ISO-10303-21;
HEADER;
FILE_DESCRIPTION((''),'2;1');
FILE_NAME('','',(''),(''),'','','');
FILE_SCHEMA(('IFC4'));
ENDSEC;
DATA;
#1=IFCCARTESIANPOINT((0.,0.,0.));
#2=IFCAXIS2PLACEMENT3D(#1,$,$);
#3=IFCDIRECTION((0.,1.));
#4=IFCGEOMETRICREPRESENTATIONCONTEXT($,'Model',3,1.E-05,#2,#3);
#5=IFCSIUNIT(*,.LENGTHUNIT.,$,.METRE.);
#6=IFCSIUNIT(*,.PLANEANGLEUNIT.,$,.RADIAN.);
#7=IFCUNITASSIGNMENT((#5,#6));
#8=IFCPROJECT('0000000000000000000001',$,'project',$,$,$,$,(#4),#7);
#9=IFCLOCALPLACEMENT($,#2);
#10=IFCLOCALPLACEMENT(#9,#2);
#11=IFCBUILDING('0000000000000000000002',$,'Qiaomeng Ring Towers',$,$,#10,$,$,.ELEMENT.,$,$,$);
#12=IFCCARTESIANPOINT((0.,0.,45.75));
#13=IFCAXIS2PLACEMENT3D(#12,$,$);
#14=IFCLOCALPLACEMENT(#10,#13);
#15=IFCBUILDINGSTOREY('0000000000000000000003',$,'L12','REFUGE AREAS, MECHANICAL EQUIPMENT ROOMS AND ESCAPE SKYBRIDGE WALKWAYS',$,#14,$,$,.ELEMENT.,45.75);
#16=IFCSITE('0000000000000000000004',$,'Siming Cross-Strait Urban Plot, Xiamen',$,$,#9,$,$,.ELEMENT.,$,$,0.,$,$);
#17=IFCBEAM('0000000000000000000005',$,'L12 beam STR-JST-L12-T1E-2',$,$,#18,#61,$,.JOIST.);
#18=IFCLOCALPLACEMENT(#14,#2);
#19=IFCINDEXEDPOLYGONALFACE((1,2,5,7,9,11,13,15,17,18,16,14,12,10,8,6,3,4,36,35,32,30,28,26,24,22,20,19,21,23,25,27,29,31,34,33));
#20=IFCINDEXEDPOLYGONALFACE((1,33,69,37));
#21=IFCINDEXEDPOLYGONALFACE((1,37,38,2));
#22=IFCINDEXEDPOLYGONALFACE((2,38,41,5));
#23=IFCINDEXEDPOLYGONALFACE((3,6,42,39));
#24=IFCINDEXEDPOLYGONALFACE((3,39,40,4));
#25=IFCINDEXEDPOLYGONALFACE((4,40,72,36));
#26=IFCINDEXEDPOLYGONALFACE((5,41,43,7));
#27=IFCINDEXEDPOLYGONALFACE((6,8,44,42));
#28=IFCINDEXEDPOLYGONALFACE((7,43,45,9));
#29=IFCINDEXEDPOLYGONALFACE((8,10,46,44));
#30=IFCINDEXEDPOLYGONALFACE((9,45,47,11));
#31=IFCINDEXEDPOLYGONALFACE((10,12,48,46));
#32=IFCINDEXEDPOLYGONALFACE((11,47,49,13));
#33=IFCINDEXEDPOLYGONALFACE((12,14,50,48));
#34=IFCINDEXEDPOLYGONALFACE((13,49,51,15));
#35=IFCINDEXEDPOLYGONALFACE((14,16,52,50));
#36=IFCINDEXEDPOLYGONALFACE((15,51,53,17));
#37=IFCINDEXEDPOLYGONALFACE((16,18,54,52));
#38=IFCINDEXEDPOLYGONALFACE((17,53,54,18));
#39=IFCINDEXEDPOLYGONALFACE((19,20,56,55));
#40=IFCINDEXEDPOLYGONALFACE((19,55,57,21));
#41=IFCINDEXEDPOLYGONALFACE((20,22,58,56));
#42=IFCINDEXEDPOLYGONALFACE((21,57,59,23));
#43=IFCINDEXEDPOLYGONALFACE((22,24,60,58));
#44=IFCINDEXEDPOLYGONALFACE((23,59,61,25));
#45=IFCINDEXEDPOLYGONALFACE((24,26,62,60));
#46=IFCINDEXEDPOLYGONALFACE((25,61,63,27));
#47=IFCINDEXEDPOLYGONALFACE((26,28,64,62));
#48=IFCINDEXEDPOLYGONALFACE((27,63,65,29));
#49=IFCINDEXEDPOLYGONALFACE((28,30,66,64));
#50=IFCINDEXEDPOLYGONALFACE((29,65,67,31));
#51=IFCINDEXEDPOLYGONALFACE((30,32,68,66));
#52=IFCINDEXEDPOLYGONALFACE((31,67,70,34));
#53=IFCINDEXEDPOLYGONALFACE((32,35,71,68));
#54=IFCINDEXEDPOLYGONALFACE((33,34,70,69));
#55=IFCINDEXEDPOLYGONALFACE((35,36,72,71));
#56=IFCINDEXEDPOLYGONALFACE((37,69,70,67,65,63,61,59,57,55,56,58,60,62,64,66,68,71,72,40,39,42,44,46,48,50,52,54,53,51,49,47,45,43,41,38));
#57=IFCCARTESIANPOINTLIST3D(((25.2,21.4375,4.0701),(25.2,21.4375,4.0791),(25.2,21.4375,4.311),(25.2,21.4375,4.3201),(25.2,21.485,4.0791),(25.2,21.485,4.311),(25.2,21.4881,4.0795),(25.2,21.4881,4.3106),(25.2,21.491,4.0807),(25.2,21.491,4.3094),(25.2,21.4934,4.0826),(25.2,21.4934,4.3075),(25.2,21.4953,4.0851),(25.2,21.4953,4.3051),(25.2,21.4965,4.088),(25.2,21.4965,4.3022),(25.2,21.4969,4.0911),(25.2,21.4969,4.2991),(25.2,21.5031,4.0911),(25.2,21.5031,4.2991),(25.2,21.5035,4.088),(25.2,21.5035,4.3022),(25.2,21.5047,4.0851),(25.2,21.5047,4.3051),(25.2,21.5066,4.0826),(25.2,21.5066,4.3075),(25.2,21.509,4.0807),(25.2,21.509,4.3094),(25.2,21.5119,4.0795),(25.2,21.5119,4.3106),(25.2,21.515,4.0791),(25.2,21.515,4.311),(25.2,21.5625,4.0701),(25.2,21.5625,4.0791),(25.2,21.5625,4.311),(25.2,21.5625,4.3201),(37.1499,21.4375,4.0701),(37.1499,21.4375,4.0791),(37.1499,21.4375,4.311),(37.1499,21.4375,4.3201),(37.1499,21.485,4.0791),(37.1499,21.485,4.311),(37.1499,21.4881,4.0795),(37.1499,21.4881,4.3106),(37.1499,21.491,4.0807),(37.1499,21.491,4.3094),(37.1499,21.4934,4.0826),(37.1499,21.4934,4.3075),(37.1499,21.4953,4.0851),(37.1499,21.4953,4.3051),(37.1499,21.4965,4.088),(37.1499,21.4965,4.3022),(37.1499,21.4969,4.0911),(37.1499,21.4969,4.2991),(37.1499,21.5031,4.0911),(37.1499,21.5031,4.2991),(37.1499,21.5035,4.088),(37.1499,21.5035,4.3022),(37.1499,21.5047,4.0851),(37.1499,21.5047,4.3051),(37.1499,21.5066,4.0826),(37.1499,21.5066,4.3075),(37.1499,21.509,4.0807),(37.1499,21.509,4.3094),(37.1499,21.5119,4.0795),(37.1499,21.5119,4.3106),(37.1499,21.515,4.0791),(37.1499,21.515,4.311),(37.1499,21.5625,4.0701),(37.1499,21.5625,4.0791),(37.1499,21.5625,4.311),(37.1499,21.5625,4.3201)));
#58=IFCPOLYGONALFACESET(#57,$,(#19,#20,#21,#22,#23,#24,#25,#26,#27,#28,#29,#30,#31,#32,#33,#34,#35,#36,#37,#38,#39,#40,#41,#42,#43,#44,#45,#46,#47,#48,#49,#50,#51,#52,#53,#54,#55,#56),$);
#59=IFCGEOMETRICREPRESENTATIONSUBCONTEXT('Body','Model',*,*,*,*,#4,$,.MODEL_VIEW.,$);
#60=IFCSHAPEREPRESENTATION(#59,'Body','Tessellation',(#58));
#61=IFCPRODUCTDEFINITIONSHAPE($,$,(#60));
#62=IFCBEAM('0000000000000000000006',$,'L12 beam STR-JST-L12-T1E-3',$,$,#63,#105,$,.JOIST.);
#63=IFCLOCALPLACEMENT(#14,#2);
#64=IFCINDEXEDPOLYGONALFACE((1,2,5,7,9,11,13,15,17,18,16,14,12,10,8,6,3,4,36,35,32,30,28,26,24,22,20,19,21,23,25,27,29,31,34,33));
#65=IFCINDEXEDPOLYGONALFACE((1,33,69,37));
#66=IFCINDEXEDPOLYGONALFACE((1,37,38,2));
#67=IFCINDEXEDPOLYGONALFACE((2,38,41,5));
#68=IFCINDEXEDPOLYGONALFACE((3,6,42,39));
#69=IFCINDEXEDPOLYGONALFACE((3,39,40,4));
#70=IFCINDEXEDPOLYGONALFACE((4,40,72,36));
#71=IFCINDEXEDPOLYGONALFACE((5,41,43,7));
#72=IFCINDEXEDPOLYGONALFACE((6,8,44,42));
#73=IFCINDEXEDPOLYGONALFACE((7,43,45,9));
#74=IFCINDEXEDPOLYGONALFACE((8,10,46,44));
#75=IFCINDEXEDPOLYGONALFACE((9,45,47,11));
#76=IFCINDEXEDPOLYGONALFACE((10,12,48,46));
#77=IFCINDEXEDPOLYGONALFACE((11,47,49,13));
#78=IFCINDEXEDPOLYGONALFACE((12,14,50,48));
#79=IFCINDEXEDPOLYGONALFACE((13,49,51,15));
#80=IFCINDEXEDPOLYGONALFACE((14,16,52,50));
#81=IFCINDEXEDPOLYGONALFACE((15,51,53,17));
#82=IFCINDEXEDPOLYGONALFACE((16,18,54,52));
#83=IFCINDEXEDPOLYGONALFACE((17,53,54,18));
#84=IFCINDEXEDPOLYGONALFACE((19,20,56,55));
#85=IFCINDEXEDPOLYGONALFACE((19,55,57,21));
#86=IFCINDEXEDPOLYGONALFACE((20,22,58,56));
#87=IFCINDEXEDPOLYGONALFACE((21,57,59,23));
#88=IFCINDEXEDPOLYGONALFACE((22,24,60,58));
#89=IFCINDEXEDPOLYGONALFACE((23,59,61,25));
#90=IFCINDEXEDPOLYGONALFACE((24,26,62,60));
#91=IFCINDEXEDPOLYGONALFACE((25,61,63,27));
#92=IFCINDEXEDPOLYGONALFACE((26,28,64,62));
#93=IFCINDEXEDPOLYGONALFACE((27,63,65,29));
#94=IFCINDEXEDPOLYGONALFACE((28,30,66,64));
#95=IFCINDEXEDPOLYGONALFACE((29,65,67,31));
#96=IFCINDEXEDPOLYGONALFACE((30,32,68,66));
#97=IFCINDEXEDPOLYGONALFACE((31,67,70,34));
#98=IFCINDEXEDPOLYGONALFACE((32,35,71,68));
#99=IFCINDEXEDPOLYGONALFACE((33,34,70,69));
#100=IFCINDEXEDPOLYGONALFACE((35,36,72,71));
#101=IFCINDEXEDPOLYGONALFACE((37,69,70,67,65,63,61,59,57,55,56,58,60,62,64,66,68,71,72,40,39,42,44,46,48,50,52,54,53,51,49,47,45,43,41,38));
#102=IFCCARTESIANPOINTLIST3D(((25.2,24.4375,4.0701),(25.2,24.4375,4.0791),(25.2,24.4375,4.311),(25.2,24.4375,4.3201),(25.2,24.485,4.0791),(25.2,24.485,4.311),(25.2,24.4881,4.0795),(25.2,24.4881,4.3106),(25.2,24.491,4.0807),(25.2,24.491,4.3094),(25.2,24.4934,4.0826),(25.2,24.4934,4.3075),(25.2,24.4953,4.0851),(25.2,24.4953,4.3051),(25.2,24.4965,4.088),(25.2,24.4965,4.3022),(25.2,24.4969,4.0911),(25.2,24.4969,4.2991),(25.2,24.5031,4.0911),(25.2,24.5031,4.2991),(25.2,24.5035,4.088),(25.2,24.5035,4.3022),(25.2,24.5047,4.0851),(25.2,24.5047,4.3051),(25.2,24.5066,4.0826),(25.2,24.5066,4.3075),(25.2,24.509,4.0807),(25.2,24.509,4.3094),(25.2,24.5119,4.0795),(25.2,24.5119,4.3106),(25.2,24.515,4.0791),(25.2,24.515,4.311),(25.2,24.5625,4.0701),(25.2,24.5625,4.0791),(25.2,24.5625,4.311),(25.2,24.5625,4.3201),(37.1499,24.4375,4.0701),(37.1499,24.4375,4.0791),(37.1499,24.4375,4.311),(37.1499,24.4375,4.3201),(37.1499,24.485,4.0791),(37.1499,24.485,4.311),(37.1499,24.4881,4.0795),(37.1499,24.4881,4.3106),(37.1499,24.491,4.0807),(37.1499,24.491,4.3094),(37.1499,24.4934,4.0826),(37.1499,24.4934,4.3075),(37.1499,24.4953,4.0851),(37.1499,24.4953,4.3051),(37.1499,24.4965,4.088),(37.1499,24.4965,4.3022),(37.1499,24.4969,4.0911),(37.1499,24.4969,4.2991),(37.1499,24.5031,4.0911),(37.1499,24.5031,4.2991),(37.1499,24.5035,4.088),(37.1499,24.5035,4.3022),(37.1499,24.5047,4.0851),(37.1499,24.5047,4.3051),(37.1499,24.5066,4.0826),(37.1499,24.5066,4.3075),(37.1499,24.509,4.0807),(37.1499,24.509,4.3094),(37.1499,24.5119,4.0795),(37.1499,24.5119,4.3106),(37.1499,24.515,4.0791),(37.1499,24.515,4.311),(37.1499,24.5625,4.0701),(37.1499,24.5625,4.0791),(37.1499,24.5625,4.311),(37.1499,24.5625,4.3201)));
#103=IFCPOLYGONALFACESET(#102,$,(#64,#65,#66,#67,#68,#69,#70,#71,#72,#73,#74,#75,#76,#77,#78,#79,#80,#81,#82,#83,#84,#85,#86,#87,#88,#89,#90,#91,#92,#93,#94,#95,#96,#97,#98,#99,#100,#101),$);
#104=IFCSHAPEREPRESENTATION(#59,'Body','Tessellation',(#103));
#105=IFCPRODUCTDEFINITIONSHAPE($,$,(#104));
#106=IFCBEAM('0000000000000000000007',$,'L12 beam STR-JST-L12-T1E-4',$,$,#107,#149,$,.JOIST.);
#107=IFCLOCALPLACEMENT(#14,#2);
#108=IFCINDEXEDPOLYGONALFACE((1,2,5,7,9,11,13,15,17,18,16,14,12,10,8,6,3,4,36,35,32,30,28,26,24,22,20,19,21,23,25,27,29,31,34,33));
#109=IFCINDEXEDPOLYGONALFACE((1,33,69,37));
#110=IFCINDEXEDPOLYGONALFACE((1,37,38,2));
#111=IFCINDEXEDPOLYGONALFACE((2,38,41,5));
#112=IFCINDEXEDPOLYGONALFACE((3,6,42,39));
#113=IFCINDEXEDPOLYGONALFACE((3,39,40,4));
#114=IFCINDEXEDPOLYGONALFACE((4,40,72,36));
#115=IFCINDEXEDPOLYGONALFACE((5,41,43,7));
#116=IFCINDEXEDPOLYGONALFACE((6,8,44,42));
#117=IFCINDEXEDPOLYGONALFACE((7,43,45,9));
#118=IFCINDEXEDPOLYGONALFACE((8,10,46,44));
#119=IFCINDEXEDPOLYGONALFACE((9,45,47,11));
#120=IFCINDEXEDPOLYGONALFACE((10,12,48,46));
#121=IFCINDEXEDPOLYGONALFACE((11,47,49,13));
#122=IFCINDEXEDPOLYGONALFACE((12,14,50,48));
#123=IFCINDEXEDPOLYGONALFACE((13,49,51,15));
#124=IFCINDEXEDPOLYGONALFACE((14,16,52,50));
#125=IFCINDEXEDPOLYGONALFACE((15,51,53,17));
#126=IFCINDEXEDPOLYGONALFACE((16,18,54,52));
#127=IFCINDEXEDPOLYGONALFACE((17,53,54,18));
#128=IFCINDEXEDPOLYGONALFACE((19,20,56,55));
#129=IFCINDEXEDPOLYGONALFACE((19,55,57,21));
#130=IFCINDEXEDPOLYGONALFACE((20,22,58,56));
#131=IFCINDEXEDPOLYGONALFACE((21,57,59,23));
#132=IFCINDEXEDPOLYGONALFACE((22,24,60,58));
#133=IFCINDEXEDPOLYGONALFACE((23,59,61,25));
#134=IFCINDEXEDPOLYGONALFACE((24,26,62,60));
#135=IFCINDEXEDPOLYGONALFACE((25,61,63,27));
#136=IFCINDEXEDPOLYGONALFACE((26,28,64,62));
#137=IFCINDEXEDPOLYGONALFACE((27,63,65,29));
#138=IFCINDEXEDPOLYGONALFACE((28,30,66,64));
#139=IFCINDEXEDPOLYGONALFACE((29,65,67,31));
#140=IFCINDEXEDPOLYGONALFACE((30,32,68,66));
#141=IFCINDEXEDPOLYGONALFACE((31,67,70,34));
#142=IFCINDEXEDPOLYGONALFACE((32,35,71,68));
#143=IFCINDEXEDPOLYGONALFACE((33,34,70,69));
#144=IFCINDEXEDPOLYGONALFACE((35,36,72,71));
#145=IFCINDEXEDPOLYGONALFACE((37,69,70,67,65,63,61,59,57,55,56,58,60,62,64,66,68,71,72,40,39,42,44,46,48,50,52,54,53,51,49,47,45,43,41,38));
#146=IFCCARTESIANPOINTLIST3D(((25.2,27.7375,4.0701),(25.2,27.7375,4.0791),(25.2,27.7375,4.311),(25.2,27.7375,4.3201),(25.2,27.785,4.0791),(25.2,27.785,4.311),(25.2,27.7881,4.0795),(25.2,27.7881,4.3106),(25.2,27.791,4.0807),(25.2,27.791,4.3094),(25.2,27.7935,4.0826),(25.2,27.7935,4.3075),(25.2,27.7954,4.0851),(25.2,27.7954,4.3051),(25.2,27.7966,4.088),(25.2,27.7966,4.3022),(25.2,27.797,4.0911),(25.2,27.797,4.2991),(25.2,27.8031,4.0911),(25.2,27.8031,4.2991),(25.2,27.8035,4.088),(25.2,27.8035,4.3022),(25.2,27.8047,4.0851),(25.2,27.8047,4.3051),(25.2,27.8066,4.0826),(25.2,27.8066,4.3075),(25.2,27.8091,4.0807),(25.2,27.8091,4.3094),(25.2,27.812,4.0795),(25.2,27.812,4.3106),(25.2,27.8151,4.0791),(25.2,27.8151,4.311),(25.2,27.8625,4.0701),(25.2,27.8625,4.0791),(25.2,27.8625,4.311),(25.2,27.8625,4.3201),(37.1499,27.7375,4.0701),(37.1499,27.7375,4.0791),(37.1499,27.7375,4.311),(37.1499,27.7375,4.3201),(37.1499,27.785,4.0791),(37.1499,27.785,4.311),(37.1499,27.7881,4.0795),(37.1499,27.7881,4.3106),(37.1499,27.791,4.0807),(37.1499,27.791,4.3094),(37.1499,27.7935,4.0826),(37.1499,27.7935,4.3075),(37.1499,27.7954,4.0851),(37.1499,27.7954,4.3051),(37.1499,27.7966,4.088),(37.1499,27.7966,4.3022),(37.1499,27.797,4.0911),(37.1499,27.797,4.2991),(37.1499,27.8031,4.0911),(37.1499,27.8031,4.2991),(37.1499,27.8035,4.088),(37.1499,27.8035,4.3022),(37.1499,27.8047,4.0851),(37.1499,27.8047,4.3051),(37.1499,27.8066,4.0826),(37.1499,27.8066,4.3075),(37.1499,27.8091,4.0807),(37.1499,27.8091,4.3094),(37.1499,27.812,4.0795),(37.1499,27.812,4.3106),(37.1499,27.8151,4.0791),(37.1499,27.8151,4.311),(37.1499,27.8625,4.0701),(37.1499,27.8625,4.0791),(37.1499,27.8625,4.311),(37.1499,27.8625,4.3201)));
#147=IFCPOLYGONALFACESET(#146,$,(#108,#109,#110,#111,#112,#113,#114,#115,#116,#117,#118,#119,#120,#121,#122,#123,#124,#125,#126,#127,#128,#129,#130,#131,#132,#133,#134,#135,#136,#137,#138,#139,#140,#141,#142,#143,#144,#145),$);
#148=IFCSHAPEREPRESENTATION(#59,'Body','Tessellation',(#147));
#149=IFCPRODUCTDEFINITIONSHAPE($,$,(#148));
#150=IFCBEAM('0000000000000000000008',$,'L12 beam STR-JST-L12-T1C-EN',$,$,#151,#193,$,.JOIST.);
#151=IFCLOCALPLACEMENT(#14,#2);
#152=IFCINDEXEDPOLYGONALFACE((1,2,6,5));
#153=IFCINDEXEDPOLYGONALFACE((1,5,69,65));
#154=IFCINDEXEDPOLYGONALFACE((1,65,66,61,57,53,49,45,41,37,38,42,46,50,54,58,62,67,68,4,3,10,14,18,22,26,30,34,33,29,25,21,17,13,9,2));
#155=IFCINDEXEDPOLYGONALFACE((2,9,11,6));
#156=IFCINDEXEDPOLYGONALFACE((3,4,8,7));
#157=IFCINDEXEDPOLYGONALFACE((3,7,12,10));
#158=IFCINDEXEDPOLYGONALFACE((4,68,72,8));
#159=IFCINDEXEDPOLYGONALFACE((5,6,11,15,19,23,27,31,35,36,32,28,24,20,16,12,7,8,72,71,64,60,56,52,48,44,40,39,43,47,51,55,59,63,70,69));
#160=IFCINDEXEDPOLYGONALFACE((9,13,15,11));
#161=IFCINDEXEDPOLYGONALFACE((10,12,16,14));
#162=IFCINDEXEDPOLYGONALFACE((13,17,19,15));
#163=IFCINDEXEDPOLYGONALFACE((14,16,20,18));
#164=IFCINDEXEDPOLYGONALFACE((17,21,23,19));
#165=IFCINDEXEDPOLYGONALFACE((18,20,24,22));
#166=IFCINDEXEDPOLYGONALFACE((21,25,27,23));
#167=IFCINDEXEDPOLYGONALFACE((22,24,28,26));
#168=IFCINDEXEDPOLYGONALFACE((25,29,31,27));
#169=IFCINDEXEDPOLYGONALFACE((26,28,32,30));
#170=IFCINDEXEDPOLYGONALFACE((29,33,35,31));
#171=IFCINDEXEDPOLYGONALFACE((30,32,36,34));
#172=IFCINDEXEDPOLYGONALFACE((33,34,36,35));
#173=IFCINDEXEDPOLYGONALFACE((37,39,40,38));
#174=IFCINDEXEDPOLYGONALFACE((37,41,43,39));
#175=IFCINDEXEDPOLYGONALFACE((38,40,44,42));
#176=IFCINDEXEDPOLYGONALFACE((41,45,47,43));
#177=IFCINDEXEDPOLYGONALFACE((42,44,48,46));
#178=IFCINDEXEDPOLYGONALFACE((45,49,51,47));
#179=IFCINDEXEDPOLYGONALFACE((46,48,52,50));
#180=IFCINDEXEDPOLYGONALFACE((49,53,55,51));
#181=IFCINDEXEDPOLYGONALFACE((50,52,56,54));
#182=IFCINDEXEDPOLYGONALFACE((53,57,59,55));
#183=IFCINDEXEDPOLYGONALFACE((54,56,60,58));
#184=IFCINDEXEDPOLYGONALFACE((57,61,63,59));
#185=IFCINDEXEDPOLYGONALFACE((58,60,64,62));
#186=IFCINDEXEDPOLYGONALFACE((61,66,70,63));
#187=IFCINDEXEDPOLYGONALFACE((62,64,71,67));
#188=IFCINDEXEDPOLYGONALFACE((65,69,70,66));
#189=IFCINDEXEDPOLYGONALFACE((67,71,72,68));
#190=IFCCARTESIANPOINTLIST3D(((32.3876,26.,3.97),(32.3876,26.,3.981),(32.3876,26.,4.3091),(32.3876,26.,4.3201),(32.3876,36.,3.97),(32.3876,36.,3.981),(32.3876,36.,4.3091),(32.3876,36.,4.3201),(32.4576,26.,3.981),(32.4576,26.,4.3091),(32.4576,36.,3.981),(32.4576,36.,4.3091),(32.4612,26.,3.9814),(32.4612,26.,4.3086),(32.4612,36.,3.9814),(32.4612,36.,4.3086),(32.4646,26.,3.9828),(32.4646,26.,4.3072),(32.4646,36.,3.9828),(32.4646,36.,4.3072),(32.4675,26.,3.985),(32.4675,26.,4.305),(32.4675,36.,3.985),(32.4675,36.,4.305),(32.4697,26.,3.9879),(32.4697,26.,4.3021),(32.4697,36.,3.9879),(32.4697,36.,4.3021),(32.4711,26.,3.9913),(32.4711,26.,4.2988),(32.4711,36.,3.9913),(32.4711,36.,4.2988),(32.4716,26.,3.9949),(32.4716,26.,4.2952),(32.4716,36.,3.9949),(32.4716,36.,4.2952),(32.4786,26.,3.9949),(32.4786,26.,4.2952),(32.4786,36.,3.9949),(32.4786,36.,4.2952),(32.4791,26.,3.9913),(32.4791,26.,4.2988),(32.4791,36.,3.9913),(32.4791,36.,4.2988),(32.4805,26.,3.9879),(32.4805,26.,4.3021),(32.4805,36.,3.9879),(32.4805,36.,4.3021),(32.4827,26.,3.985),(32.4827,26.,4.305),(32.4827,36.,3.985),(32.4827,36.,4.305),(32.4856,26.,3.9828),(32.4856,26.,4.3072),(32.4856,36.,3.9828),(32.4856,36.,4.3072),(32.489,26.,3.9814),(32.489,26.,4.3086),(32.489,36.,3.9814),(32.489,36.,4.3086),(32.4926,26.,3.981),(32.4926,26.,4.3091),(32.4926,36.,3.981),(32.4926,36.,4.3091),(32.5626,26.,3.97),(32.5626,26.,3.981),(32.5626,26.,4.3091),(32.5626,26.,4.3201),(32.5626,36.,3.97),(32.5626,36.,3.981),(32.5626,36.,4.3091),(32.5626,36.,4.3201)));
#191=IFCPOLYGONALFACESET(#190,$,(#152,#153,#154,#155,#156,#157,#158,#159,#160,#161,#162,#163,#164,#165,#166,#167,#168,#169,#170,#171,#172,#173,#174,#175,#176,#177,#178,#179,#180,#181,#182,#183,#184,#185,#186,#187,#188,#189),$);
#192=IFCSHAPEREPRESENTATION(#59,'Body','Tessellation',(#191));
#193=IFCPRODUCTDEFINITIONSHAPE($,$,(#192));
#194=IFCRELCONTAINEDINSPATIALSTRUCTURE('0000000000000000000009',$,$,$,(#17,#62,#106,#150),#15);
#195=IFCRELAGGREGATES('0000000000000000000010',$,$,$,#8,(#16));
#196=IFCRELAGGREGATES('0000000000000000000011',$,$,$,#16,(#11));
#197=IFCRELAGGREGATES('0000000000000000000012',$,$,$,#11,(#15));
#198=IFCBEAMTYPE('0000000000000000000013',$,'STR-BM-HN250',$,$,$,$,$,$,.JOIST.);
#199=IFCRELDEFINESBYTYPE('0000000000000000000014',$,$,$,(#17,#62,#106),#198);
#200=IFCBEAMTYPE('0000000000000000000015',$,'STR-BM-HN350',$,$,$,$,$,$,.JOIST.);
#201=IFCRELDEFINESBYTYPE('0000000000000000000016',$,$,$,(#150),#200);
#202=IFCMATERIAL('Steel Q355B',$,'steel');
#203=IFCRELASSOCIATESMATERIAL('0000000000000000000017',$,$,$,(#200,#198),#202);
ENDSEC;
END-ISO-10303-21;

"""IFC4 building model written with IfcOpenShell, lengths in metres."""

from ifc_helpers import new_model, si_unit, direction, frame, origin, origin_2d, place, context, subcontext, project, spatial, i_section, extrude, source, transform, mapped, material, material_profile, profile_set, type_object, element, save


model = new_model("IFC4")

# Units and contexts
model_context = context("Model", 3, precision=1e-05, world=origin(), true_north=direction((0.0, 1.0)))
body_context = subcontext(model_context, "Body", "Model", "MODEL_VIEW")
ifc_project = project(units=[si_unit("LENGTHUNIT", "METRE"), si_unit("PLANEANGLEUNIT", "RADIAN")], contexts=[model_context])

# Site, building, storey
site_placement = place(None, origin())
site = spatial("IfcSite", under=ifc_project, at=site_placement, Name="Siming Cross-Strait Urban Plot, Xiamen", CompositionType="ELEMENT", RefElevation=0.0)
building_placement = place(site_placement, origin())
building = spatial("IfcBuilding", under=site, at=building_placement, Name="Qiaomeng Ring Towers", CompositionType="ELEMENT")
storey_placement = place(building_placement, frame((0.0, 0.0, 45.75)))
storey = spatial("IfcBuildingStorey", under=building, at=storey_placement, Name="L12", Description="REFUGE AREAS, MECHANICAL EQUIPMENT ROOMS AND ESCAPE SKYBRIDGE WALKWAYS", CompositionType="ELEMENT", Elevation=45.75)

# Beams
ifc_material_1 = material(Name="Steel Q355B", Category="steel")
ifc_material_profile_1 = material_profile(ifc_material_1, i_section(OverallWidth=0.175, OverallDepth=0.3501, WebThickness=0.0071, FlangeThickness=0.011, FilletRadius=0.0139, at=origin_2d()), Name="HN 350x175x7x11")
ifc_profile_set_1 = profile_set([ifc_material_profile_1], Name="Steel Q355B")
beam_type_1 = type_object("IfcBeamType", Name="STR-BM-HN350", PredefinedType="JOIST", material=ifc_profile_set_1)
ifc_material_profile_2 = material_profile(ifc_material_1, i_section(OverallWidth=0.125, OverallDepth=0.25, WebThickness=0.0061, FlangeThickness=0.009, FilletRadius=0.012, at=origin_2d()), Name="HN 250x125x6x9")
ifc_profile_set_2 = profile_set([ifc_material_profile_2], Name="Steel Q355B")
beam_type_2 = type_object("IfcBeamType", Name="STR-BM-HN250", PredefinedType="JOIST", material=ifc_profile_set_2)
shared_shape_1 = source(origin(), body_context, "Body", "SweptSolid", [
    extrude(i_section(OverallWidth=0.125, OverallDepth=0.25, WebThickness=0.0061, FlangeThickness=0.009, FilletRadius=0.012, at=origin_2d()), origin(), (0.0, 0.0, 1.0), 11.95),
])
for number, where, z_axis, x_axis, name in (
    (1, (25.2, 21.5, 4.1951), (1.0, 0.0, 0.0), (0.0, 1.0, 0.0), "L12 beam STR-JST-L12-T1E-2"),
    (2, (25.2, 24.5, 4.1951), (1.0, 0.0, 0.0), (0.0, 1.0, 0.0), "L12 beam STR-JST-L12-T1E-3"),
    (3, (25.2, 27.8, 4.1951), (1.0, 0.0, 0.0), (0.0, 1.0, 0.0), "L12 beam STR-JST-L12-T1E-4"),
):
    element("IfcBeam", number, at=place(storey_placement, frame(where, z_axis=z_axis, x_axis=x_axis)), inside=storey, type_object=beam_type_2, Name=name, PredefinedType="JOIST", context=body_context, shape_type="MappedRepresentation", body=[
        mapped(shared_shape_1, transform((0.0, 0.0, 0.0), x_axis=(1.0, 0.0, 0.0), y_axis=(0.0, 1.0, 0.0), z_axis=(0.0, 0.0, 1.0), scale=1.0)),
    ])
shared_shape_2 = source(origin(), body_context, "Body", "SweptSolid", [
    extrude(i_section(OverallWidth=0.175, OverallDepth=0.3501, WebThickness=0.0071, FlangeThickness=0.011, FilletRadius=0.0139, at=origin_2d()), origin(), (0.0, 0.0, 1.0), 10.0),
])
beam_1_placement = place(storey_placement, frame((32.4751, 26.0, 4.145), z_axis=(0.0, 1.0, 0.0), x_axis=(-1.0, 0.0, 0.0)))
element("IfcBeam", 4, at=beam_1_placement, inside=storey, type_object=beam_type_1, Name="L12 beam STR-JST-L12-T1C-EN", PredefinedType="JOIST", context=body_context, shape_type="MappedRepresentation", body=[
    mapped(shared_shape_2, transform((0.0, 0.0, 0.0), x_axis=(1.0, 0.0, 0.0), y_axis=(0.0, 1.0, 0.0), z_axis=(0.0, 0.0, 1.0), scale=1.0)),
])

save(model, "model.ifc")
